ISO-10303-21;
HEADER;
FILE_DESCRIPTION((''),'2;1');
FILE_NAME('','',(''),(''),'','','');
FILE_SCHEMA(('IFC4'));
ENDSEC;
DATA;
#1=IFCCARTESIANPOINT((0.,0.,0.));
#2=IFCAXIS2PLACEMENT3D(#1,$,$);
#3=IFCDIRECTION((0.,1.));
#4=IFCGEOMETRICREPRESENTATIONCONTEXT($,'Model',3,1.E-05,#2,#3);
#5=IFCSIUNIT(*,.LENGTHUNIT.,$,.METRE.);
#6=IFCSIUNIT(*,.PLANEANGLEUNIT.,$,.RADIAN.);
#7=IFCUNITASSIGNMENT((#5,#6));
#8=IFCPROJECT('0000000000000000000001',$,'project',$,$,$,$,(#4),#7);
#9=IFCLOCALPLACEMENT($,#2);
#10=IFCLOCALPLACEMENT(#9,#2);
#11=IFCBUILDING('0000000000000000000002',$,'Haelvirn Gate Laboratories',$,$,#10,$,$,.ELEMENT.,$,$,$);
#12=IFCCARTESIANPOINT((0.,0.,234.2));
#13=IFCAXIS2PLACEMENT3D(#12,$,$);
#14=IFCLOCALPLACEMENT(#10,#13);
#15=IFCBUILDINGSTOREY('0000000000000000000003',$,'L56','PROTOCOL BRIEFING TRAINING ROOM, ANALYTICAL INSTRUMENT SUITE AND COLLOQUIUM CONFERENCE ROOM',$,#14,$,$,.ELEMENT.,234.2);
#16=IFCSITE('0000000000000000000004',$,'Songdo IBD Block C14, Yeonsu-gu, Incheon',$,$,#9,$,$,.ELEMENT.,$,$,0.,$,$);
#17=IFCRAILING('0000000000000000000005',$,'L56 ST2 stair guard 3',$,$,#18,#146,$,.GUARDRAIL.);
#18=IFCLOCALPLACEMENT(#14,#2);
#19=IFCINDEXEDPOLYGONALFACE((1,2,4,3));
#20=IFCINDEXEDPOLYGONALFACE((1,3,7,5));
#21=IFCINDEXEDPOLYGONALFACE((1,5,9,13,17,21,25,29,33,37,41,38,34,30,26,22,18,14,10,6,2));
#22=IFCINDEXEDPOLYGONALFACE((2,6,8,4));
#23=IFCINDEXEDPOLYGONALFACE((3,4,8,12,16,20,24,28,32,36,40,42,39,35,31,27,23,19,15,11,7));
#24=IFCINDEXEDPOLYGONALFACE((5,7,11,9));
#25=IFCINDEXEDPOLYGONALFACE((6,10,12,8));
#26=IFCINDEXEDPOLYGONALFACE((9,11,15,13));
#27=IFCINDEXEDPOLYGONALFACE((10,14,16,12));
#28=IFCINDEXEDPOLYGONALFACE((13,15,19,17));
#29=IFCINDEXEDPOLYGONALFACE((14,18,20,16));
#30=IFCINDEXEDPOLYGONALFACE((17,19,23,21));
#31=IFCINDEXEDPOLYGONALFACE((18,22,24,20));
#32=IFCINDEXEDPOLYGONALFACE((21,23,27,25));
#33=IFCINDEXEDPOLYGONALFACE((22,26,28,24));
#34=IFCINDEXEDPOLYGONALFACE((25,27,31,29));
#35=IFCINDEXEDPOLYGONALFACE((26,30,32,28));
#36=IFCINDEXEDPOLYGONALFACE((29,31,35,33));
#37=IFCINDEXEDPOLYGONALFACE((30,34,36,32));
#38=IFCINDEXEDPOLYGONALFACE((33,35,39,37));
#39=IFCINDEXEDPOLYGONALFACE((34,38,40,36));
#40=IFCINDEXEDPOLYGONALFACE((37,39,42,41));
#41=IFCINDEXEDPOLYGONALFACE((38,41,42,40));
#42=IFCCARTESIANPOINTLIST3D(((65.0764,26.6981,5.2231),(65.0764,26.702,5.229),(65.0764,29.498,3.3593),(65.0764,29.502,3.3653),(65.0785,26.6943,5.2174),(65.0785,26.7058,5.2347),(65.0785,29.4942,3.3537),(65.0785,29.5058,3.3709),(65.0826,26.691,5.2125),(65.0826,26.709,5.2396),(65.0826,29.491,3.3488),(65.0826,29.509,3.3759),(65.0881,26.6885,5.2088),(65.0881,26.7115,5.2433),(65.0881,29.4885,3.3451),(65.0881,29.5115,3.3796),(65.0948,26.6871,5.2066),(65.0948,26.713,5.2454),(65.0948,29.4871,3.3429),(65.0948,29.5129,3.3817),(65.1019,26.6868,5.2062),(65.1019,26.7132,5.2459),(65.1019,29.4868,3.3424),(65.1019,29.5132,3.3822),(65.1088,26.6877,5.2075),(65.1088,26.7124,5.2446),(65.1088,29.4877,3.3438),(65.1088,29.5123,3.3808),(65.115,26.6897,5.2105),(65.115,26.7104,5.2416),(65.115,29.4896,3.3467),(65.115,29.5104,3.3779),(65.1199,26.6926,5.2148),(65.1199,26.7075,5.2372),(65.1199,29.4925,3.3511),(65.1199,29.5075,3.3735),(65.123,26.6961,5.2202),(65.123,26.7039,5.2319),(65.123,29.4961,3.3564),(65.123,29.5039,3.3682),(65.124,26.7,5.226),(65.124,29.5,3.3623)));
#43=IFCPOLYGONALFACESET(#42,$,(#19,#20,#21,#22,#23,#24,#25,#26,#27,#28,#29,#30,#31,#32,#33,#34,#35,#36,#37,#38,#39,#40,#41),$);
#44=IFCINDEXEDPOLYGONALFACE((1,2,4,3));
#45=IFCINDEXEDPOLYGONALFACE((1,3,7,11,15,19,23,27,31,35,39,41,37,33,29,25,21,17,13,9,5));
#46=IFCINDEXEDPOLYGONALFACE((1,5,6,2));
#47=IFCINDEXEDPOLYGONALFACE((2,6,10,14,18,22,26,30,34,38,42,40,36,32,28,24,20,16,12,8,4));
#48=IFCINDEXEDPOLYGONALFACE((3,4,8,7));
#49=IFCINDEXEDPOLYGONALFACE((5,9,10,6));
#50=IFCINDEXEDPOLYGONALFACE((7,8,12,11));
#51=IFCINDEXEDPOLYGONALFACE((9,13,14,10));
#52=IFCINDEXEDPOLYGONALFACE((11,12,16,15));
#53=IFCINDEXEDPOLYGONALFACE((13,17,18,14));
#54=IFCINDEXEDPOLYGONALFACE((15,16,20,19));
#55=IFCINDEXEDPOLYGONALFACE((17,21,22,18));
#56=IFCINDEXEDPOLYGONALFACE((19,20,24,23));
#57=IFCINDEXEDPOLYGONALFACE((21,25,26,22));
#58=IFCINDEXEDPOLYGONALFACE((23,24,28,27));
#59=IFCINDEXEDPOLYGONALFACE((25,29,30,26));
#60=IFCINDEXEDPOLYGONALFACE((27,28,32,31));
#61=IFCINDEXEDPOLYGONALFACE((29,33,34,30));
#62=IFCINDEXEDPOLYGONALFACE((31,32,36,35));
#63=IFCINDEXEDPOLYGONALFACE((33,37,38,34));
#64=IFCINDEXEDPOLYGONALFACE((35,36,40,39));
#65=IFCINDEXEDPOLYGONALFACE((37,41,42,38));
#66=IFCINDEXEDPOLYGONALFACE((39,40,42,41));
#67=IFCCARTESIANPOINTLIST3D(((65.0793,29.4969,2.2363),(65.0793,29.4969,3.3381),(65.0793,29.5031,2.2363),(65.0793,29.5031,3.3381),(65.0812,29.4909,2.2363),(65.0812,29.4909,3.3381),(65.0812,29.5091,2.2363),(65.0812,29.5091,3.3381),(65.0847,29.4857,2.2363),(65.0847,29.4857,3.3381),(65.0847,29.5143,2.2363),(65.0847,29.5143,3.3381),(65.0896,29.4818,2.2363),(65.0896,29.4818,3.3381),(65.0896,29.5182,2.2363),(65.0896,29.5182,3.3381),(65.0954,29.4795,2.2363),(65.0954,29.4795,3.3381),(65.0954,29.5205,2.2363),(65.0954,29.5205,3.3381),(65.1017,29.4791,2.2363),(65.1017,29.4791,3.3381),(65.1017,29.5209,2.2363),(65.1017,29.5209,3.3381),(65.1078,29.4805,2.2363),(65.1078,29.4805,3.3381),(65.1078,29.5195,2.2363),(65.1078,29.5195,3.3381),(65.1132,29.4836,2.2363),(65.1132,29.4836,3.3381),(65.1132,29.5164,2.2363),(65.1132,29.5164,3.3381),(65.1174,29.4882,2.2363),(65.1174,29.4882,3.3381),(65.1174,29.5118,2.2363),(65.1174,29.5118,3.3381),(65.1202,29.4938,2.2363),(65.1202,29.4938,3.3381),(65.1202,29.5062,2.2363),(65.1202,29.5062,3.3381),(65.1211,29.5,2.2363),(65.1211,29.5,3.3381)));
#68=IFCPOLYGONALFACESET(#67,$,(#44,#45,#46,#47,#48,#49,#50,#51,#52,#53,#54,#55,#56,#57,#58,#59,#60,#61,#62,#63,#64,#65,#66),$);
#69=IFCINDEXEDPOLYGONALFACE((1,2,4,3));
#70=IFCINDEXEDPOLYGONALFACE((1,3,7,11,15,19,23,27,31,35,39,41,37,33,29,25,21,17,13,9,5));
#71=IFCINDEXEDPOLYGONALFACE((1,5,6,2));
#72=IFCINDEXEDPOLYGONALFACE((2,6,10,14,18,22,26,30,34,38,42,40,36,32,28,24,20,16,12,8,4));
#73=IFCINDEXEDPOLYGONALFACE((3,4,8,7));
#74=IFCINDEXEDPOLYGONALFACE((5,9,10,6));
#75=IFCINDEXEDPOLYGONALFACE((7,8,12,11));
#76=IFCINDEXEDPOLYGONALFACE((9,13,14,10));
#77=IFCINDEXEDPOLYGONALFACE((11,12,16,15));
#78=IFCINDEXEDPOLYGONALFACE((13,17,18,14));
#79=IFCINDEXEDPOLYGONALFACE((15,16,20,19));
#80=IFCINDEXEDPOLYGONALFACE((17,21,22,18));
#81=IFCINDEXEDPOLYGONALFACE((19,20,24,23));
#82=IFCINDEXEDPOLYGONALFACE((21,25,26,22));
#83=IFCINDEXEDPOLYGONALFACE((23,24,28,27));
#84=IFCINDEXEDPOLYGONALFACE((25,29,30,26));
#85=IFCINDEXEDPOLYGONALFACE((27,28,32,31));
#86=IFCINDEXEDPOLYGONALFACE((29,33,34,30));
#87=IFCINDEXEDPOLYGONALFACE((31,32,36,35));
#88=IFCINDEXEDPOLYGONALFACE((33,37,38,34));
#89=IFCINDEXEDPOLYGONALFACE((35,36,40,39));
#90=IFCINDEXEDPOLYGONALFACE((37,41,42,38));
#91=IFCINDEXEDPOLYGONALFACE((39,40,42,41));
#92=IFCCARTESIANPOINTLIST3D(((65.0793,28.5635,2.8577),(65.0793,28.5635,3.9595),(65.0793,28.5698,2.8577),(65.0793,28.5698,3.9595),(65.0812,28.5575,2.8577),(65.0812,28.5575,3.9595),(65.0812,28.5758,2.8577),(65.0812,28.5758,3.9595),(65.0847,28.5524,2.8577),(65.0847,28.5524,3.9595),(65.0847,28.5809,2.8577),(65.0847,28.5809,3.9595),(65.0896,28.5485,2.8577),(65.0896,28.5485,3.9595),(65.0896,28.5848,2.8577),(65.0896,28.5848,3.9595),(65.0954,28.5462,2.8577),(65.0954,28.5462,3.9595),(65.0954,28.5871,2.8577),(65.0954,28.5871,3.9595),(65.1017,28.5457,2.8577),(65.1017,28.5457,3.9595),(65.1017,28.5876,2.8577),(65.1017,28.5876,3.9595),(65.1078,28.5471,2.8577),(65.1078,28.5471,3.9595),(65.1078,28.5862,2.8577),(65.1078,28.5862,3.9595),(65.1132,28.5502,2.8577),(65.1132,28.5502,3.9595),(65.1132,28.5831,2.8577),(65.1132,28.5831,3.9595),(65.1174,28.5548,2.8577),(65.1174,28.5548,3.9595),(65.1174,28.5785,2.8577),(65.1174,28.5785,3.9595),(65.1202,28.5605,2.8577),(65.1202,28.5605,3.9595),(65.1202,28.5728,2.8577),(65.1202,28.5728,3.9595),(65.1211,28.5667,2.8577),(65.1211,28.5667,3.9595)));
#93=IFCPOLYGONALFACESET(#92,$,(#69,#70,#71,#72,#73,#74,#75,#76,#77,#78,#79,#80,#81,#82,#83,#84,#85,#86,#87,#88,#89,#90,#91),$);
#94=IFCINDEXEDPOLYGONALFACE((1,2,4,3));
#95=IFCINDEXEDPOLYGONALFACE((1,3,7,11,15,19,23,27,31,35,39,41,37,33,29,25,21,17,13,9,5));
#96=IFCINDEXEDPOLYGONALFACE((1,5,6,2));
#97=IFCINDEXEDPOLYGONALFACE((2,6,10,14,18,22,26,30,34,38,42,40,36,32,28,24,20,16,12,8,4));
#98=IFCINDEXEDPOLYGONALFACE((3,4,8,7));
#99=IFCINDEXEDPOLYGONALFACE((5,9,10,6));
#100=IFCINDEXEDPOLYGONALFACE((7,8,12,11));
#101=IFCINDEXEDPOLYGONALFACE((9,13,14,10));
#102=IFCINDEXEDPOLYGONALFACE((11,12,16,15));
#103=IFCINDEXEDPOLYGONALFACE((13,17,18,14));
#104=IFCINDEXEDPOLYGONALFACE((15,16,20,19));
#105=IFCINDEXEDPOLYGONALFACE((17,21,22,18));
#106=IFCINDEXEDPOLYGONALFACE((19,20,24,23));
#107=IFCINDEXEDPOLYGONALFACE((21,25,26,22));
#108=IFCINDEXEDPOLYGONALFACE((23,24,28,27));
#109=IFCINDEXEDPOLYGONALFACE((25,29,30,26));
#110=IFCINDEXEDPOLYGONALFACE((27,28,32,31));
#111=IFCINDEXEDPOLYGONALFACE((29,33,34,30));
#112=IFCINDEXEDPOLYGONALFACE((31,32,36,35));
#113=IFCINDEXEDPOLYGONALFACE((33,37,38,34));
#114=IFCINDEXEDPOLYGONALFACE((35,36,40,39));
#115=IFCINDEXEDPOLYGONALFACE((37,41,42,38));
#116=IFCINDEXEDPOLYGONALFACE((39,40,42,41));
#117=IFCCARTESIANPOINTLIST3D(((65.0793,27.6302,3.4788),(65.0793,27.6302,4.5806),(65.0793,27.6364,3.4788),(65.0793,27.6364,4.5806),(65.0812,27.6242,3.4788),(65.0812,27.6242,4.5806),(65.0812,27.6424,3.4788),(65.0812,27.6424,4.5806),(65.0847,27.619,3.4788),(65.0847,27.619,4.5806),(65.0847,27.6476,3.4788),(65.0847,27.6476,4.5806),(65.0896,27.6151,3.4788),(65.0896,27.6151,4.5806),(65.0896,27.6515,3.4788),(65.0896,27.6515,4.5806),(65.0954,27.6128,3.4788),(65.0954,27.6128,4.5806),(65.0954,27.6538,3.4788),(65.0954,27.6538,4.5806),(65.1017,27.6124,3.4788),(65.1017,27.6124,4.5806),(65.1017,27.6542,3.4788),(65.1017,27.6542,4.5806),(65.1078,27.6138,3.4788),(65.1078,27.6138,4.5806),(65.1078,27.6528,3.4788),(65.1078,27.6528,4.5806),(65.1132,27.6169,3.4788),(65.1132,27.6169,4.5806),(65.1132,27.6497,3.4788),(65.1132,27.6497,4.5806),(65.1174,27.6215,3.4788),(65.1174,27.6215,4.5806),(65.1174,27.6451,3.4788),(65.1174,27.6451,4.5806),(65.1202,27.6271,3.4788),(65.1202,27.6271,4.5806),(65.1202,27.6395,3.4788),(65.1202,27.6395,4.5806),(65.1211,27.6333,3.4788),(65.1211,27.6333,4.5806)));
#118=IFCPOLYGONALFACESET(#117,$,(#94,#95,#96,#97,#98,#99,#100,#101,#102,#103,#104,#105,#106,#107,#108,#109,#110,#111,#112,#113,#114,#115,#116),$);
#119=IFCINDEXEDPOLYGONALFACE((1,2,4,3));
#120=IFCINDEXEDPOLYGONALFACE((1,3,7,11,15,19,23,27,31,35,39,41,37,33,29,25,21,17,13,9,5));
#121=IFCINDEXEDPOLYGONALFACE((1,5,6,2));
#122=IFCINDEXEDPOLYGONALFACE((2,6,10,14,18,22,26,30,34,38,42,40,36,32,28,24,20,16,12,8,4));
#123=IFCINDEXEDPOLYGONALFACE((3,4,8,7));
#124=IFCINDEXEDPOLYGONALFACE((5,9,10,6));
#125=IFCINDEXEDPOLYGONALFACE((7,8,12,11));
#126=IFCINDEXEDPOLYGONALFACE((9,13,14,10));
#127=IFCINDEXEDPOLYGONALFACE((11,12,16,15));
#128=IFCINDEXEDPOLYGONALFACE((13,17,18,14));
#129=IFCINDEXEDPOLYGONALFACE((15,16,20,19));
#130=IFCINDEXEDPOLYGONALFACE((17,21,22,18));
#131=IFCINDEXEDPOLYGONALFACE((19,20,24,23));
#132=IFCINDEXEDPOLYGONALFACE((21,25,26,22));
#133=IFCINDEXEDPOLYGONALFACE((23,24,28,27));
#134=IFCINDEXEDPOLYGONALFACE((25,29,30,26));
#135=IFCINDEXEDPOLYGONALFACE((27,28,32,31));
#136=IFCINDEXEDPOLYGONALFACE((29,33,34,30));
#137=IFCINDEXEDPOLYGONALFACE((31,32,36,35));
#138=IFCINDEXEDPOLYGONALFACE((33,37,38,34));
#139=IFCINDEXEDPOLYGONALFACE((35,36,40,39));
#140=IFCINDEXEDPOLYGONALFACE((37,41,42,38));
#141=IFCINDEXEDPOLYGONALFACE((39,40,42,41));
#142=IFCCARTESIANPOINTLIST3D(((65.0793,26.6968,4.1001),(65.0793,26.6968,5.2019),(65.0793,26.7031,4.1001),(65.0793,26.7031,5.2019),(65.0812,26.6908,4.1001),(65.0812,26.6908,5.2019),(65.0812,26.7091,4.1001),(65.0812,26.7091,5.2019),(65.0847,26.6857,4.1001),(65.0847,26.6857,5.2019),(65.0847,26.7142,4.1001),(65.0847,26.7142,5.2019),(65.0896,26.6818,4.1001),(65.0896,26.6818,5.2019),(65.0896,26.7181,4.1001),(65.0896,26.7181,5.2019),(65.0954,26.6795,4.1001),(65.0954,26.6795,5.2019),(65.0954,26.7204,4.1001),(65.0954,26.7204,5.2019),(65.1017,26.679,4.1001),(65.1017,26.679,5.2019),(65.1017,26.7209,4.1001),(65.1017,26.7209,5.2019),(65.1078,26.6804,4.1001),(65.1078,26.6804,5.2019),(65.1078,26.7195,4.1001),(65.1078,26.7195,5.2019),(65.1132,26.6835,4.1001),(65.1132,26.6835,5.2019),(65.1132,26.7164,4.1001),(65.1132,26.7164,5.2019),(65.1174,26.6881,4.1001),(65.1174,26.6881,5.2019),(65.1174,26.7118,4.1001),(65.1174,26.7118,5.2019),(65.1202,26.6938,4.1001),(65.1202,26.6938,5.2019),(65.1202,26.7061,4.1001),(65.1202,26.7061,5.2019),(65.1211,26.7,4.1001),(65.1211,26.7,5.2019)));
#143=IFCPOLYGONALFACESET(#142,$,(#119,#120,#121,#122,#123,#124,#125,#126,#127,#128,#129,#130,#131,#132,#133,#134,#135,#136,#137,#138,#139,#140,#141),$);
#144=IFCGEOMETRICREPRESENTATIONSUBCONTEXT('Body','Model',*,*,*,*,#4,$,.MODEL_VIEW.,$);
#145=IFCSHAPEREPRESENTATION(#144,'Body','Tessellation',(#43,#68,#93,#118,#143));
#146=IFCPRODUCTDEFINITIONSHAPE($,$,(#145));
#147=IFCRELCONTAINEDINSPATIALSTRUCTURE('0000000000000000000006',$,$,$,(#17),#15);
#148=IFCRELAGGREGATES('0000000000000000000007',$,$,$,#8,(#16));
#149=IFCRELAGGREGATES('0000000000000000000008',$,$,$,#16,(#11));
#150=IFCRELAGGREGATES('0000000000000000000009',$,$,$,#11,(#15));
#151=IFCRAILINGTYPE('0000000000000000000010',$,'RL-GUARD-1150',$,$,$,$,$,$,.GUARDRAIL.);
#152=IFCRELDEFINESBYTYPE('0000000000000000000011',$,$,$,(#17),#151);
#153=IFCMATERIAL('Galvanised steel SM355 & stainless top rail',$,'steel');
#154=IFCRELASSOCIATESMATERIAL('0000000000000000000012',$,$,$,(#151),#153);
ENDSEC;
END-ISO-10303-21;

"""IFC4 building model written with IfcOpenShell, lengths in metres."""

from ifc_helpers import new_model, si_unit, direction, frame, origin, origin_2d, place, context, subcontext, project, spatial, circle, extrude, source, transform, mapped, material, type_object, element, save


model = new_model("IFC4")

# Units and contexts
model_context = context("Model", 3, precision=1e-05, world=origin(), true_north=direction((0.0, 1.0)))
body_context = subcontext(model_context, "Body", "Model", "MODEL_VIEW")
ifc_project = project(units=[si_unit("LENGTHUNIT", "METRE"), si_unit("PLANEANGLEUNIT", "RADIAN")], contexts=[model_context])

# Site, building, storey
site_placement = place(None, origin())
site = spatial("IfcSite", under=ifc_project, at=site_placement, Name="Songdo IBD Block C14, Yeonsu-gu, Incheon", CompositionType="ELEMENT", RefElevation=0.0)
building_placement = place(site_placement, origin())
building = spatial("IfcBuilding", under=site, at=building_placement, Name="Haelvirn Gate Laboratories", CompositionType="ELEMENT")
storey_placement = place(building_placement, frame((0.0, 0.0, 234.2)))
storey = spatial("IfcBuildingStorey", under=building, at=storey_placement, Name="L56", Description="PROTOCOL BRIEFING TRAINING ROOM, ANALYTICAL INSTRUMENT SUITE AND COLLOQUIUM CONFERENCE ROOM", CompositionType="ELEMENT", Elevation=234.2)

# Railing
ifc_material_1 = material(Name="Galvanised steel SM355 & stainless top rail", Category="steel")
railing_type_1 = type_object("IfcRailingType", Name="RL-GUARD-1150", PredefinedType="GUARDRAIL", material=ifc_material_1)
shared_shape_1 = source(origin(), body_context, "Body", "SweptSolid", [
    extrude(circle(Radius=0.0239, at=origin_2d()), frame((0.0, 0.0, 1.126), z_axis=(0.0, -0.832452, 0.554097), x_axis=(1.0, 0.0, 0.0)), (0.0, 0.0, 1.0), 3.3635),
    extrude(circle(Radius=0.021, at=origin_2d()), origin(), (0.0, 0.0, 1.0), 1.1018),
    extrude(circle(Radius=0.021, at=origin_2d()), frame((0.0, -0.9333, 0.6213)), (0.0, 0.0, 1.0), 1.1018),
    extrude(circle(Radius=0.021, at=origin_2d()), frame((0.0, -1.8667, 1.2424)), (0.0, 0.0, 1.0), 1.1018),
    extrude(circle(Radius=0.021, at=origin_2d()), frame((0.0, -2.8, 1.8638)), (0.0, 0.0, 1.0), 1.1018),
])
railing_1_placement = place(storey_placement, frame((65.1001, 29.5, 2.2363)))
element("IfcRailing", 1, at=railing_1_placement, inside=storey, type_object=railing_type_1, Name="L56 ST2 stair guard 3", PredefinedType="GUARDRAIL", context=body_context, shape_type="MappedRepresentation", body=[
    mapped(shared_shape_1, transform((0.0, 0.0, 0.0), scale=1.0)),
])

save(model, "model.ifc")
